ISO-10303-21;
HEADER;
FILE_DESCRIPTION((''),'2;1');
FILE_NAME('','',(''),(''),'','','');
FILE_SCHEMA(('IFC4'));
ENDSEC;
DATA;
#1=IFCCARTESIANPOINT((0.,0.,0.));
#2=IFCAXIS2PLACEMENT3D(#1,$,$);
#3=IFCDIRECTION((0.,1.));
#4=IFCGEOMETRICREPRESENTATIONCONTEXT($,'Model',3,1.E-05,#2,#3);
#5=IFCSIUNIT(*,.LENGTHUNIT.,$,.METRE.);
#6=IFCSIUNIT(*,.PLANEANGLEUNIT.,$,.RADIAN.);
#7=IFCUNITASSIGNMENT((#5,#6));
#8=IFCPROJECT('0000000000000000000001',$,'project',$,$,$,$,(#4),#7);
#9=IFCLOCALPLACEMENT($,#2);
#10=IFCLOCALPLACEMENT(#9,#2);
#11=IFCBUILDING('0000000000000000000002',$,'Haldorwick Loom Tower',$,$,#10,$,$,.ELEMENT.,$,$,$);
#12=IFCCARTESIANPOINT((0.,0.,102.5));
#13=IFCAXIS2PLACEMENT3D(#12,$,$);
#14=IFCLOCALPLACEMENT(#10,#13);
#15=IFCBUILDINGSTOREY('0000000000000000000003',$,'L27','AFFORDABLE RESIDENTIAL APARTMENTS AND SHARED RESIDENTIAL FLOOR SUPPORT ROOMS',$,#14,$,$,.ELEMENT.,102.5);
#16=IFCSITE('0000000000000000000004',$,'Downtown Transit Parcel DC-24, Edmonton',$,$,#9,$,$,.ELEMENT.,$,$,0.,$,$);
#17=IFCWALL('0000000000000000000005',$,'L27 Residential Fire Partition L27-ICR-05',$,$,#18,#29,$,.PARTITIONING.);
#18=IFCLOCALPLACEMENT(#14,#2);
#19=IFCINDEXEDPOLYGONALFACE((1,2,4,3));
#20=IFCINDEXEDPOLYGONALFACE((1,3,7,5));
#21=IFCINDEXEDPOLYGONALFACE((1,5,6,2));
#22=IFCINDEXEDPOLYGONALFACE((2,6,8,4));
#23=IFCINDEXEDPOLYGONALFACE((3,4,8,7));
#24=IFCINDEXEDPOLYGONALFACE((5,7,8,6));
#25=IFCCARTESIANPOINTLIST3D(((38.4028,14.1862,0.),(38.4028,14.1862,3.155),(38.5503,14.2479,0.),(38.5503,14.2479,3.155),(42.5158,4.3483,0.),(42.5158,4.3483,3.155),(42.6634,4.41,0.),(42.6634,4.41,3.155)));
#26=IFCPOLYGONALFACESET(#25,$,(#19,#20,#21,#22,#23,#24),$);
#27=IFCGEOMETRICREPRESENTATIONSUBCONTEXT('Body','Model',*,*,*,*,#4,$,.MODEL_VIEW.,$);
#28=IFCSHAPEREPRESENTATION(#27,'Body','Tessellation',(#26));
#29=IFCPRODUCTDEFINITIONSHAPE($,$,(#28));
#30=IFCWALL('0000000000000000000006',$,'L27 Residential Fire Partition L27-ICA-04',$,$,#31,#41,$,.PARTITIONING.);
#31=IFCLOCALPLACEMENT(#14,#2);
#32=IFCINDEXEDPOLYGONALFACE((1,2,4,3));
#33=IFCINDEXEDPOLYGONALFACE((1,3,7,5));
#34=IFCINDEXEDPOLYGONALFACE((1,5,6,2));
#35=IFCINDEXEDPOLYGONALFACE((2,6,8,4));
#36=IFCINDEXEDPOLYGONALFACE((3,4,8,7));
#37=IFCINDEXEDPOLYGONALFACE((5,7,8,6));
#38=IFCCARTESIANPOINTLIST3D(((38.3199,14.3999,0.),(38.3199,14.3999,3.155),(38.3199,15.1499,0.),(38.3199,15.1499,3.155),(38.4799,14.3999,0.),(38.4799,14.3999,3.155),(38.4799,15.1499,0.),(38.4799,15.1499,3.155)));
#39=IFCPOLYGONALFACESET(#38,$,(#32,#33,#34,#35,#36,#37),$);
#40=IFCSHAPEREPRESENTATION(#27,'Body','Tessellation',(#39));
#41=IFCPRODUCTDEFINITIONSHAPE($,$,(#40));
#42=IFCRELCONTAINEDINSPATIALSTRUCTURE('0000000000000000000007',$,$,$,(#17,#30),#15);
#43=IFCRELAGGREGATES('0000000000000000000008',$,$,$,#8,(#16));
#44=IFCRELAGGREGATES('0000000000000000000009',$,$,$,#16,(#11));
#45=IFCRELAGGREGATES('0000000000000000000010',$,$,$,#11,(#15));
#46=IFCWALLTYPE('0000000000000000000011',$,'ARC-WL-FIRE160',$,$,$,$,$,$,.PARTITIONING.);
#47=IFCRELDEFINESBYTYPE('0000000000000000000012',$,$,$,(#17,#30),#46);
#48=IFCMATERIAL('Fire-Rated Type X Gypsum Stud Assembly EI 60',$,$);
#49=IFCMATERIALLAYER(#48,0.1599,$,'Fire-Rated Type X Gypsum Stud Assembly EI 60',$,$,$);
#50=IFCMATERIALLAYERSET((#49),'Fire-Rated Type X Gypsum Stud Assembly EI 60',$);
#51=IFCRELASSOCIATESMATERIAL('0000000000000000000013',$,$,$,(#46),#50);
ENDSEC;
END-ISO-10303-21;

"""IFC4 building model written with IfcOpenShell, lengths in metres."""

from ifc_helpers import new_model, si_unit, direction, frame, frame_2d, origin, place, context, subcontext, project, spatial, rectangle, extrude, material, layer, layer_set, type_object, element, save


model = new_model("IFC4")

# Units and contexts
model_context = context("Model", 3, precision=1e-05, world=origin(), true_north=direction((0.0, 1.0)))
body_context = subcontext(model_context, "Body", "Model", "MODEL_VIEW")
ifc_project = project(units=[si_unit("LENGTHUNIT", "METRE"), si_unit("PLANEANGLEUNIT", "RADIAN")], contexts=[model_context])

# Site, building, storey
site_placement = place(None, origin())
site = spatial("IfcSite", under=ifc_project, at=site_placement, Name="Downtown Transit Parcel DC-24, Edmonton", CompositionType="ELEMENT", RefElevation=0.0)
building_placement = place(site_placement, origin())
building = spatial("IfcBuilding", under=site, at=building_placement, Name="Haldorwick Loom Tower", CompositionType="ELEMENT")
storey_placement = place(building_placement, frame((0.0, 0.0, 102.5)))
storey = spatial("IfcBuildingStorey", under=building, at=storey_placement, Name="L27", Description="AFFORDABLE RESIDENTIAL APARTMENTS AND SHARED RESIDENTIAL FLOOR SUPPORT ROOMS", CompositionType="ELEMENT", Elevation=102.5)

# Walls
ifc_material_1 = material(Name="Fire-Rated Type X Gypsum Stud Assembly EI 60")
ifc_layer_1 = layer(ifc_material_1, 0.1599, Name="Fire-Rated Type X Gypsum Stud Assembly EI 60")
ifc_layer_set_1 = layer_set([ifc_layer_1], Name="Fire-Rated Type X Gypsum Stud Assembly EI 60")
wall_type_1 = type_object("IfcWallType", Name="ARC-WL-FIRE160", PredefinedType="PARTITIONING", material=ifc_layer_set_1)
wall_1_placement = place(storey_placement, frame((38.4766, 14.217, 0.0), z_axis=(0.0, 0.0, 1.0), x_axis=(0.385727, -0.922613, 0.0)))
element("IfcWall", 1, at=wall_1_placement, inside=storey, type_object=wall_type_1, Name="L27 Residential Fire Partition L27-ICR-05", PredefinedType="PARTITIONING", context=body_context, shape_type="SweptSolid", body=[
    extrude(rectangle(XDim=10.6631, YDim=0.1599, at=frame_2d((5.3315, 0.0))), origin(), (0.0, 0.0, 1.0), 3.155),
])
wall_2_placement = place(storey_placement, frame((38.3999, 15.1499, 0.0), z_axis=(0.0, 0.0, 1.0), x_axis=(0.0, -1.0, 0.0)))
element("IfcWall", 2, at=wall_2_placement, inside=storey, type_object=wall_type_1, Name="L27 Residential Fire Partition L27-ICA-04", PredefinedType="PARTITIONING", context=body_context, shape_type="SweptSolid", body=[
    extrude(rectangle(XDim=0.75, YDim=0.1599, at=frame_2d((0.375, 0.0))), origin(), (0.0, 0.0, 1.0), 3.155),
])

save(model, "model.ifc")
